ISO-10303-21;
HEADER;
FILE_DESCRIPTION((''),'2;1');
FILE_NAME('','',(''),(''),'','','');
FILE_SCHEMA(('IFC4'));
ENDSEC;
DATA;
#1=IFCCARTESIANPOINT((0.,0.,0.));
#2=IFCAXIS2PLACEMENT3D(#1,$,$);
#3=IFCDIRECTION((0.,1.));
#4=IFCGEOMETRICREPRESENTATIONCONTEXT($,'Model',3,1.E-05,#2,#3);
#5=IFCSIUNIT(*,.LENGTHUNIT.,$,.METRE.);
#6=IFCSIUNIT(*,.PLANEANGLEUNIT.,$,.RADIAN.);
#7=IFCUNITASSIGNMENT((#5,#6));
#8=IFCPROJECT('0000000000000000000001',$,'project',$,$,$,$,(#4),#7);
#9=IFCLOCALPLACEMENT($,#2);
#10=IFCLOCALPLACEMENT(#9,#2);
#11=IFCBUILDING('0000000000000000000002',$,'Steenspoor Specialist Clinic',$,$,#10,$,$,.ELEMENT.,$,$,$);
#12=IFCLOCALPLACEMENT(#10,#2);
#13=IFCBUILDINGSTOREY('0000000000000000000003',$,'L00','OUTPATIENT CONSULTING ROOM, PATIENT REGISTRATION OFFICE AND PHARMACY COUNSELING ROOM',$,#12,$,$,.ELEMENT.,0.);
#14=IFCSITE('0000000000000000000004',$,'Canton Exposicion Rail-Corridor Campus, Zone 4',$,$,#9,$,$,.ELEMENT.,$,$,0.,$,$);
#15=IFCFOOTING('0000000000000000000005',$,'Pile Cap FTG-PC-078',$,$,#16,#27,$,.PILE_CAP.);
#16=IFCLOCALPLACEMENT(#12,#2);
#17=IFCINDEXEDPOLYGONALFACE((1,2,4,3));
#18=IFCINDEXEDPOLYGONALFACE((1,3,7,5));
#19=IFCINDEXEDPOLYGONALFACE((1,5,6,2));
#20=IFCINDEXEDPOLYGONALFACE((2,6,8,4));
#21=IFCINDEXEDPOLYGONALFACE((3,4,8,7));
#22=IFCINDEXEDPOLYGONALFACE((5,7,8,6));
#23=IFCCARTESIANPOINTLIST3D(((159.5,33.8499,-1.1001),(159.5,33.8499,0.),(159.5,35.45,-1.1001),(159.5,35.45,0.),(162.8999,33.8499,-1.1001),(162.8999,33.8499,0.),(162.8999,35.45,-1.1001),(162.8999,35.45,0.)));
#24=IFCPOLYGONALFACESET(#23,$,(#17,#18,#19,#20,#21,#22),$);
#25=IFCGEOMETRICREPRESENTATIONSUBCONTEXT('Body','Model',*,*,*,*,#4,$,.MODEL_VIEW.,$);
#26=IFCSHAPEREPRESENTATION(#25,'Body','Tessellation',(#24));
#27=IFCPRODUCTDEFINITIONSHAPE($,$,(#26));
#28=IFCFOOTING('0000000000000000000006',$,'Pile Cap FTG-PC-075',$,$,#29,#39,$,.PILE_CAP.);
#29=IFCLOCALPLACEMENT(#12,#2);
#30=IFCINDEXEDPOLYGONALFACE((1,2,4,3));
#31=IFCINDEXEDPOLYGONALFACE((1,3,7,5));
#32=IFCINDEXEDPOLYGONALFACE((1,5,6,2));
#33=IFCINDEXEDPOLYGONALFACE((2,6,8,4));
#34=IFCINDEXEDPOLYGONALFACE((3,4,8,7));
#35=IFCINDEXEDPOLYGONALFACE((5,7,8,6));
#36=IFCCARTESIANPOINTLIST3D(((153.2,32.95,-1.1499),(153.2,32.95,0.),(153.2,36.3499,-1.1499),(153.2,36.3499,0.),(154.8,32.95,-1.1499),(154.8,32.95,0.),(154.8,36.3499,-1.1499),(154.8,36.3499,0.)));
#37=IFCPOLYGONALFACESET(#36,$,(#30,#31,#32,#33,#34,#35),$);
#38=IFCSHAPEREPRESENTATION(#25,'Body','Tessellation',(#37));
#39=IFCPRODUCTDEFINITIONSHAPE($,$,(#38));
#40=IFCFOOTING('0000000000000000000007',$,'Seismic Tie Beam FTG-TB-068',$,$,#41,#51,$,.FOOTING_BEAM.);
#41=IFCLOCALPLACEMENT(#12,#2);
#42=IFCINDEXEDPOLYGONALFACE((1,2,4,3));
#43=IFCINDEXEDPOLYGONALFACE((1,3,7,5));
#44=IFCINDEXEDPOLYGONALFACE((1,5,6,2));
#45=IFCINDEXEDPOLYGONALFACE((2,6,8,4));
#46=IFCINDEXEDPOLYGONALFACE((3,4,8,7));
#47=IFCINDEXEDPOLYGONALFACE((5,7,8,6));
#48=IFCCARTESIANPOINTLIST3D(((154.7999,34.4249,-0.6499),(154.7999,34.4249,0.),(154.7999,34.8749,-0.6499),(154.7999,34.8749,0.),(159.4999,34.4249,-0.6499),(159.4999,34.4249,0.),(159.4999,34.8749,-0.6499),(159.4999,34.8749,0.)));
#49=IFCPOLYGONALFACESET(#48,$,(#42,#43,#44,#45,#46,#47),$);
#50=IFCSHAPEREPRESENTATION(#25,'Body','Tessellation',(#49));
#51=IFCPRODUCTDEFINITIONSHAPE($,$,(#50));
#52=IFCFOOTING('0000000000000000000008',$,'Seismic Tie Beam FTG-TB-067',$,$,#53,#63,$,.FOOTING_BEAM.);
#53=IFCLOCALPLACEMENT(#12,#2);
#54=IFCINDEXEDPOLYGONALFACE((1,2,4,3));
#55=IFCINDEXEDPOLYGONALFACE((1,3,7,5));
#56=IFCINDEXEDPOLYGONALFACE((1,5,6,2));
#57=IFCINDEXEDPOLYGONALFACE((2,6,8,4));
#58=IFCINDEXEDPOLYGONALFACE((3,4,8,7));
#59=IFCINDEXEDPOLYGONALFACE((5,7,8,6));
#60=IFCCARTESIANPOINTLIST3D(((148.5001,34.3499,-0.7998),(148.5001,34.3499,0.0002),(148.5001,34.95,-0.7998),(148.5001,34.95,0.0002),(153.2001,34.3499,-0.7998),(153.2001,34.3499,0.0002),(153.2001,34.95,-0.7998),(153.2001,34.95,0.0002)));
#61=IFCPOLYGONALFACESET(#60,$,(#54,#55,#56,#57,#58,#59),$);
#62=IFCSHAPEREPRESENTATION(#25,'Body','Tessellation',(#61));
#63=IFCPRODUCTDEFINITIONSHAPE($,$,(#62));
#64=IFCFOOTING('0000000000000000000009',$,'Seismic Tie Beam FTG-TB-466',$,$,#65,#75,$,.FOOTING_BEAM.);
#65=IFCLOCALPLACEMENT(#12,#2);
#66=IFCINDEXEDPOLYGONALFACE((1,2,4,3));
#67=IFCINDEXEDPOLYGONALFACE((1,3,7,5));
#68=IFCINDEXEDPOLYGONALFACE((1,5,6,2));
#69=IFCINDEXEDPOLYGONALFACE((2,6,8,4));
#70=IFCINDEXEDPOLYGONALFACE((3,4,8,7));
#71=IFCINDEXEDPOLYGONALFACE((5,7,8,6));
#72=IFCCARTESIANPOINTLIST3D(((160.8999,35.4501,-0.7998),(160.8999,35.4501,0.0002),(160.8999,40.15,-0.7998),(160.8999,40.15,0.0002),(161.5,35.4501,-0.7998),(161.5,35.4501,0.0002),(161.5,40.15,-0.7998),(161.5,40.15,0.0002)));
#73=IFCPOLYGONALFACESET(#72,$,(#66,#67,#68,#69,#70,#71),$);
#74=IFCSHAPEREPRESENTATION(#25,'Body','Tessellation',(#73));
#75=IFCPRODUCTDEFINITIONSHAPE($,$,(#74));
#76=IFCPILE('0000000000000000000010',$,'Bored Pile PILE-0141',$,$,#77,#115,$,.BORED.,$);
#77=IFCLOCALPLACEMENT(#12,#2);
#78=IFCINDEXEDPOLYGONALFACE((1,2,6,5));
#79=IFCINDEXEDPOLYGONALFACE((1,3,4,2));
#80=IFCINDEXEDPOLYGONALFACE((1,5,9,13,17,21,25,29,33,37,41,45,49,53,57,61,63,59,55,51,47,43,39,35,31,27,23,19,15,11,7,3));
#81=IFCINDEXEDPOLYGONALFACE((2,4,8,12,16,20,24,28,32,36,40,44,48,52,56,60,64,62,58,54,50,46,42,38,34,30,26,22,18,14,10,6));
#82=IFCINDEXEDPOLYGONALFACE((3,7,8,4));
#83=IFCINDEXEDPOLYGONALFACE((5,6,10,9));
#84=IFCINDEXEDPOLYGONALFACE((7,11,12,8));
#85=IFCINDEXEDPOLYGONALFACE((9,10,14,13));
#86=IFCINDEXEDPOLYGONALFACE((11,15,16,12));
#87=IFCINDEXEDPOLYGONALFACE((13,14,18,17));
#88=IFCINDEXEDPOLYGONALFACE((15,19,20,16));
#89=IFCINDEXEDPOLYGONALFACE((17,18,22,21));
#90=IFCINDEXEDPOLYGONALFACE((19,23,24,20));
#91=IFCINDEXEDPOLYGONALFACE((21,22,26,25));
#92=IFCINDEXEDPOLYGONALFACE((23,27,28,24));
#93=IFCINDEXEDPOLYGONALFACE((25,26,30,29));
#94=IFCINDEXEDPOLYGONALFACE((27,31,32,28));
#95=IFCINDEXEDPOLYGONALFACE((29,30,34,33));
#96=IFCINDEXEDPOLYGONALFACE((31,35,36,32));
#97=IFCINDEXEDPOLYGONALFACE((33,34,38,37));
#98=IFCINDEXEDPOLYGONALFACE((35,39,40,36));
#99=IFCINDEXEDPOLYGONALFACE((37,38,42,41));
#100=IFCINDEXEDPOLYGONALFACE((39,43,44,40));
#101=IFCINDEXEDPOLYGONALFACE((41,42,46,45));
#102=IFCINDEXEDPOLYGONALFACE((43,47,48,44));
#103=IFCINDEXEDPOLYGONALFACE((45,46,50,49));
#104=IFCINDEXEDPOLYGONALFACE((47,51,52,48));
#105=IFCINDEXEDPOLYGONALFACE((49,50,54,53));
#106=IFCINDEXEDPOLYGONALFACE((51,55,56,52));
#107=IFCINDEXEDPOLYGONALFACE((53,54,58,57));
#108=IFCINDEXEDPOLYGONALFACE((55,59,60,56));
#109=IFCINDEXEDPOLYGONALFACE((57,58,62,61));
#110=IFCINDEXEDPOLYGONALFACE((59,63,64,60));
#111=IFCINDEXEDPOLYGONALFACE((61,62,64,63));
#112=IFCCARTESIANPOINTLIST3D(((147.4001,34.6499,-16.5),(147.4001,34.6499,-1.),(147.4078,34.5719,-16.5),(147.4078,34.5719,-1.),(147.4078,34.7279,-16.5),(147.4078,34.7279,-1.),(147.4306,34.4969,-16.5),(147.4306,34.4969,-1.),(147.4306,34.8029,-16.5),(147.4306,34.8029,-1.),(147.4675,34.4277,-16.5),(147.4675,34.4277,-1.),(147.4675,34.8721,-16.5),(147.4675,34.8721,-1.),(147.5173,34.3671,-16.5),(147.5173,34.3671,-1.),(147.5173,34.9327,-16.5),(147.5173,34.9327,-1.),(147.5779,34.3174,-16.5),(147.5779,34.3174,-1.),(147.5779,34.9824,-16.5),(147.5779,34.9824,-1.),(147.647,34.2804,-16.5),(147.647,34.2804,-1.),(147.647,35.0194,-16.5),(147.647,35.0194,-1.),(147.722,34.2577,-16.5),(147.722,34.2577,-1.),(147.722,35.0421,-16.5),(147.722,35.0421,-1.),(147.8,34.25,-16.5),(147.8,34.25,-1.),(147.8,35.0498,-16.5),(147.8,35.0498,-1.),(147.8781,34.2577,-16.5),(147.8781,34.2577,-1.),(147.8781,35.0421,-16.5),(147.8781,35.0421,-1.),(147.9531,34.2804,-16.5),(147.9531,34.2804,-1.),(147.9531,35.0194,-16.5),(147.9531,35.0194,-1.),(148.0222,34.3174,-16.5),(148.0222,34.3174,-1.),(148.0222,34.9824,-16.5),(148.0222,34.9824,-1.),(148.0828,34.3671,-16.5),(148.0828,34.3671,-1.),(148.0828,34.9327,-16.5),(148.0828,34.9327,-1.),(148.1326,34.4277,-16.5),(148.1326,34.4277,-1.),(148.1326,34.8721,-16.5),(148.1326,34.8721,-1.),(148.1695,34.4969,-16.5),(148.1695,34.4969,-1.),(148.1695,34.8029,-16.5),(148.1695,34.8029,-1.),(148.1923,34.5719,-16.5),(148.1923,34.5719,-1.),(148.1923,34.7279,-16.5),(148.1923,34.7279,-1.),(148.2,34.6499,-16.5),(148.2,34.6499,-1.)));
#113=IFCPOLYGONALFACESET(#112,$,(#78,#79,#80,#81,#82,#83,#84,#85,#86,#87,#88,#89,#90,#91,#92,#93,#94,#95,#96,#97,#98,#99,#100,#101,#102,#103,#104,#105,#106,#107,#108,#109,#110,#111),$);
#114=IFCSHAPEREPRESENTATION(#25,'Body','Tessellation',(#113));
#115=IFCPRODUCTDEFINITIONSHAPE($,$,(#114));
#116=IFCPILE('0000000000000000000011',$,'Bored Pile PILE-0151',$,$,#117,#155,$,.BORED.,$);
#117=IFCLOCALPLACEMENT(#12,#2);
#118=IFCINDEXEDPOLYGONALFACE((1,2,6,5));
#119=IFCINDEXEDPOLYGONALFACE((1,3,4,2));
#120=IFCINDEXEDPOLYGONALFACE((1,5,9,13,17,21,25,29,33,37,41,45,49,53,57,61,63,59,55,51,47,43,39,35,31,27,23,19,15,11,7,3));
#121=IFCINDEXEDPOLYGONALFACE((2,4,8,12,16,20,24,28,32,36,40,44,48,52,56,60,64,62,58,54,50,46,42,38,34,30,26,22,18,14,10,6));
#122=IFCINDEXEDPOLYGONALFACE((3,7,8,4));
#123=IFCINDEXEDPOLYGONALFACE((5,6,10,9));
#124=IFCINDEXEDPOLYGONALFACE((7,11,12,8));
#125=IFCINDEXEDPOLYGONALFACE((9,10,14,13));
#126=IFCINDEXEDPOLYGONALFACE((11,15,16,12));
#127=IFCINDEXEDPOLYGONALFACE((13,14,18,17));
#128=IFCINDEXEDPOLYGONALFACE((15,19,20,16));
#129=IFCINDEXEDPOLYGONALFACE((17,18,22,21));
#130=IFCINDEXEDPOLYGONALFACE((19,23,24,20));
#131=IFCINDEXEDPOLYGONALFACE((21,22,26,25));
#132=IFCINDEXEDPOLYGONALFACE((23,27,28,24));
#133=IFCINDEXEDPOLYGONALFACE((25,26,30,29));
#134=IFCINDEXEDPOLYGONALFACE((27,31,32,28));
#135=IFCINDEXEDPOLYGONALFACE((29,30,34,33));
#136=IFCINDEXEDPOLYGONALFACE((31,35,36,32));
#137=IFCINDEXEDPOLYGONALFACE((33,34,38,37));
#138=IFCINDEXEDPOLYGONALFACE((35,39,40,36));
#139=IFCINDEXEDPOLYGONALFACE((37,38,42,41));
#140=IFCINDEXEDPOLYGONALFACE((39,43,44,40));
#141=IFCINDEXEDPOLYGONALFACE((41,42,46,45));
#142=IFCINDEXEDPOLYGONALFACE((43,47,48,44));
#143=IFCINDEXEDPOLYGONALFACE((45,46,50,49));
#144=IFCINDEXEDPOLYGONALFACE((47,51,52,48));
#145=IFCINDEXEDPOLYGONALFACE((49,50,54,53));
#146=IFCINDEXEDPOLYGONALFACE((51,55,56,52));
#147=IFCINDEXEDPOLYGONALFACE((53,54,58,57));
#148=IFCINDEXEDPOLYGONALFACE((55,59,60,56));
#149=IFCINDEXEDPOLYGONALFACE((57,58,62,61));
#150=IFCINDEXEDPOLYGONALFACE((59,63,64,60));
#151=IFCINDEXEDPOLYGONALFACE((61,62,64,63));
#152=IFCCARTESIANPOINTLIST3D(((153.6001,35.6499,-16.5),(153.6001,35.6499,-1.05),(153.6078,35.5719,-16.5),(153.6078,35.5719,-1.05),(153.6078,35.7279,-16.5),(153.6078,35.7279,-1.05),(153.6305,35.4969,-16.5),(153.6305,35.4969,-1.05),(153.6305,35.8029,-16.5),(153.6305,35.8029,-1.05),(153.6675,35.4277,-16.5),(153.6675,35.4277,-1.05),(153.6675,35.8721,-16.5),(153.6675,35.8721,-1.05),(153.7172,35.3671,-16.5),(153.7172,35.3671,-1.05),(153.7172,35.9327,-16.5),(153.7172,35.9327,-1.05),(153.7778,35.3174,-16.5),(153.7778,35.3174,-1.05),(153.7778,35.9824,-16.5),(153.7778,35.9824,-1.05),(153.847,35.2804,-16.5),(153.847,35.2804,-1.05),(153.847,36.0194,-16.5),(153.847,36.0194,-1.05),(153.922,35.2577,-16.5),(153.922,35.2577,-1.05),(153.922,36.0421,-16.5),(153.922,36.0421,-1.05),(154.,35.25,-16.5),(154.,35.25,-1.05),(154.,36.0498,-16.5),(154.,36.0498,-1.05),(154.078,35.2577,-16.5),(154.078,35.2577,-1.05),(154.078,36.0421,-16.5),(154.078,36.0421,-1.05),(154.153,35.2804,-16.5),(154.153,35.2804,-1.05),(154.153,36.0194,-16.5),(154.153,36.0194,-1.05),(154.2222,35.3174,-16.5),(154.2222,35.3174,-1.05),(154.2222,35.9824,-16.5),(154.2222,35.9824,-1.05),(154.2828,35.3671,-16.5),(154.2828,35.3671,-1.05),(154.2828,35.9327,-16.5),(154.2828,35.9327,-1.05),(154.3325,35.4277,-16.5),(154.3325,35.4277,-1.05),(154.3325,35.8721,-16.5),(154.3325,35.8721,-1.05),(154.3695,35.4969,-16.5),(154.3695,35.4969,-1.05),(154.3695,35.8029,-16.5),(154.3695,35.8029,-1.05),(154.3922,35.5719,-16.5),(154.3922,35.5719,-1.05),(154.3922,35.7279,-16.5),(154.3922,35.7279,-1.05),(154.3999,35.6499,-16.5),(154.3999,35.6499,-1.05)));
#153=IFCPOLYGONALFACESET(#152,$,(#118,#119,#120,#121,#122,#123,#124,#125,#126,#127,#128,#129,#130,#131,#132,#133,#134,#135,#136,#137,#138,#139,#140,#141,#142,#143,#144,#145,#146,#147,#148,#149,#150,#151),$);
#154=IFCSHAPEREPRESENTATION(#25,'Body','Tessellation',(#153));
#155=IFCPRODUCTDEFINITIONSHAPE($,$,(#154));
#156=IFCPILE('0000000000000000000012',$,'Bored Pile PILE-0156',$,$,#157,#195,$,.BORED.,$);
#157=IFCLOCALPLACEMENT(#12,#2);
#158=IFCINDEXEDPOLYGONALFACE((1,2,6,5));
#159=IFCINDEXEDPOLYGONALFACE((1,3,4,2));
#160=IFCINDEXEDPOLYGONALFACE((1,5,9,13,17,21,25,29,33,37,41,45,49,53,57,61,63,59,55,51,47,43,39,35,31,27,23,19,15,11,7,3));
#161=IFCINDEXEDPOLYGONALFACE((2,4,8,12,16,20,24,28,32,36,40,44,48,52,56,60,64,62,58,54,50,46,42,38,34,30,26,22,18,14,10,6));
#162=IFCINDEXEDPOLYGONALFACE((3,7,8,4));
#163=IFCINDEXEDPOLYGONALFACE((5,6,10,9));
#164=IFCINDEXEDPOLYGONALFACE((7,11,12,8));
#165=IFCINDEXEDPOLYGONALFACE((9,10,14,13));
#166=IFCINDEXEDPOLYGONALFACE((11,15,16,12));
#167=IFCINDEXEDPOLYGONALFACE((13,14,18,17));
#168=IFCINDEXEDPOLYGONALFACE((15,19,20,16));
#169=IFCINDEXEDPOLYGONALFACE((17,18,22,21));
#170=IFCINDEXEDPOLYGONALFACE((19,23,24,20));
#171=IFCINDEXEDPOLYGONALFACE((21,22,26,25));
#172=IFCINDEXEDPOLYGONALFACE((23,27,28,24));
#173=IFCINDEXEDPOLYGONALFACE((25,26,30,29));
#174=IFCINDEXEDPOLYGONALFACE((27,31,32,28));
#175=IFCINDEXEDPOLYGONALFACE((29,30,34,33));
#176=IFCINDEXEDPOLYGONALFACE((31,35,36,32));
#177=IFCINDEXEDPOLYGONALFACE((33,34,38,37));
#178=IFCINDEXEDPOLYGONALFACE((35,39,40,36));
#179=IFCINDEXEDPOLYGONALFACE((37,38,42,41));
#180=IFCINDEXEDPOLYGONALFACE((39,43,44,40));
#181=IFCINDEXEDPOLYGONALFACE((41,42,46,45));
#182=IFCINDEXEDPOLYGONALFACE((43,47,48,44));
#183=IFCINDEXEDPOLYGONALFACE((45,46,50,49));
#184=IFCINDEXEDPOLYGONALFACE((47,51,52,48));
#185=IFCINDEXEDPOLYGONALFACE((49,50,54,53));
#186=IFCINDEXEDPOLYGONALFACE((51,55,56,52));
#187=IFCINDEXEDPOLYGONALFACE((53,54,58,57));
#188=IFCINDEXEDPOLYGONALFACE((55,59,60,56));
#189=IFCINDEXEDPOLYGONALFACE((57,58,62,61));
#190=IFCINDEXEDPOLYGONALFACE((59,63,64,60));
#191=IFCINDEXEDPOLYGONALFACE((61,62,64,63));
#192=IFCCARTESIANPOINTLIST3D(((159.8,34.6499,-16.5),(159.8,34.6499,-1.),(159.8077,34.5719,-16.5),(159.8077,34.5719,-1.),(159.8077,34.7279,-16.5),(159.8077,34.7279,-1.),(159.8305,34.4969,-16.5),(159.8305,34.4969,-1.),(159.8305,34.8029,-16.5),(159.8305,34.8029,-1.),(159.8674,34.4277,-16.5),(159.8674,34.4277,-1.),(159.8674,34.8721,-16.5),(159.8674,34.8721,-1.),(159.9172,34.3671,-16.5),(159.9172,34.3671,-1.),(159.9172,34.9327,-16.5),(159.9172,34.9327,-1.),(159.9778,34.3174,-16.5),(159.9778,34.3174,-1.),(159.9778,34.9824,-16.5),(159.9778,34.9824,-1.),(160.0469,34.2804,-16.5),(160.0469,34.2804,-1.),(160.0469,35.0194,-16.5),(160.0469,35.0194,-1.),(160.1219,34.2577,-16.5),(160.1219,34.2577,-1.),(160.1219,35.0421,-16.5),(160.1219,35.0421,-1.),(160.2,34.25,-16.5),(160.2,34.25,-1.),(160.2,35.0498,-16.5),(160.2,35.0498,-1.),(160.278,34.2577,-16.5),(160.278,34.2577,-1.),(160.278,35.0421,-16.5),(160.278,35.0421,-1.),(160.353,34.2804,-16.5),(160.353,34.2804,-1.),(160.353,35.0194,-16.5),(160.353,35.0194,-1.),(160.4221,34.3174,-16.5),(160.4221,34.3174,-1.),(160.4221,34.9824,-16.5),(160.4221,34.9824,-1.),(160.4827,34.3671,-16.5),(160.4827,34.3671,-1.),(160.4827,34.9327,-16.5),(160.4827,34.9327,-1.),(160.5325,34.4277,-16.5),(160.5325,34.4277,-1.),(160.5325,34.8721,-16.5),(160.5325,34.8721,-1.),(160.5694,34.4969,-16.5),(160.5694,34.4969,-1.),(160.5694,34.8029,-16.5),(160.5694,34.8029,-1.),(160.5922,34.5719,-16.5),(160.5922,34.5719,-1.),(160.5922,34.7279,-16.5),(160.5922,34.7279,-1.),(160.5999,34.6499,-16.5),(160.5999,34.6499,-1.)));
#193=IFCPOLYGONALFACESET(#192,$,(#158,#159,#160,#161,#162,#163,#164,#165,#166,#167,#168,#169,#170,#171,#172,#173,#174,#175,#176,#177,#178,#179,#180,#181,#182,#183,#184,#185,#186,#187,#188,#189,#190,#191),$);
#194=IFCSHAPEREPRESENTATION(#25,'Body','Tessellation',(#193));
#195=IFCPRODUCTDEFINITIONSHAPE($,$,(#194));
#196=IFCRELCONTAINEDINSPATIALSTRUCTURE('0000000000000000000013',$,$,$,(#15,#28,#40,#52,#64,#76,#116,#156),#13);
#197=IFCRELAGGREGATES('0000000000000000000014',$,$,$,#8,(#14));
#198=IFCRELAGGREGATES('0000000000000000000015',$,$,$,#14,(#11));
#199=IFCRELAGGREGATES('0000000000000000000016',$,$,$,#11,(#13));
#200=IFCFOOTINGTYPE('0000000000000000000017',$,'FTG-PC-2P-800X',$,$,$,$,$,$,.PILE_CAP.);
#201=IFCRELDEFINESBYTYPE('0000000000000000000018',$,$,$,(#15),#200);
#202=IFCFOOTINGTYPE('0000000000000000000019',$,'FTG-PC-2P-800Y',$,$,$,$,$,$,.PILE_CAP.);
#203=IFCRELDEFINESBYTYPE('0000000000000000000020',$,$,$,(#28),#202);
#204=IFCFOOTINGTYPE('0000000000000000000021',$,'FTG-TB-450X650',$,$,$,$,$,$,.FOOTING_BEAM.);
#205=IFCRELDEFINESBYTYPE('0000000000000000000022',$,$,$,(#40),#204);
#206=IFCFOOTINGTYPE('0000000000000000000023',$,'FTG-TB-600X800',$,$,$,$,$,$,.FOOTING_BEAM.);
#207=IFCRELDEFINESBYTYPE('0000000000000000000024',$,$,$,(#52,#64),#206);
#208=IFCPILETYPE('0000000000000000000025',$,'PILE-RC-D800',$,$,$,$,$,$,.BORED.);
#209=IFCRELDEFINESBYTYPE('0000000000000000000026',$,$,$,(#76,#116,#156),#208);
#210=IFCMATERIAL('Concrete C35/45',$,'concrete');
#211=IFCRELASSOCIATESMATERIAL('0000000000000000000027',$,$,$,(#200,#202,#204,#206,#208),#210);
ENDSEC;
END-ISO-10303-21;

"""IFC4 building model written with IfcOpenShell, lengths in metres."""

from ifc_helpers import new_model, si_unit, direction, frame, origin, origin_2d, place, context, subcontext, project, spatial, rectangle, circle, extrude, material, material_profile, profile_set, type_object, element, save


model = new_model("IFC4")

# Units and contexts
model_context = context("Model", 3, precision=1e-05, world=origin(), true_north=direction((0.0, 1.0)))
body_context = subcontext(model_context, "Body", "Model", "MODEL_VIEW")
ifc_project = project(units=[si_unit("LENGTHUNIT", "METRE"), si_unit("PLANEANGLEUNIT", "RADIAN")], contexts=[model_context])

# Site, building, storey
site_placement = place(None, origin())
site = spatial("IfcSite", under=ifc_project, at=site_placement, Name="Canton Exposicion Rail-Corridor Campus, Zone 4", CompositionType="ELEMENT", RefElevation=0.0)
building_placement = place(site_placement, origin())
building = spatial("IfcBuilding", under=site, at=building_placement, Name="Steenspoor Specialist Clinic", CompositionType="ELEMENT")
storey_placement = place(building_placement, origin())
storey = spatial("IfcBuildingStorey", under=building, at=storey_placement, Name="L00", Description="OUTPATIENT CONSULTING ROOM, PATIENT REGISTRATION OFFICE AND PHARMACY COUNSELING ROOM", CompositionType="ELEMENT", Elevation=0.0)

# Footings
ifc_material_1 = material(Name="Concrete C35/45", Category="concrete")
footing_type_1 = type_object("IfcFootingType", Name="FTG-PC-2P-800X", PredefinedType="PILE_CAP", material=ifc_material_1)
footing_1_placement = place(storey_placement, frame((161.2, 34.6499, -1.1001), z_axis=(0.0, 0.0, 1.0), x_axis=(1.0, 0.0, 0.0)))
element("IfcFooting", 1, at=footing_1_placement, inside=storey, type_object=footing_type_1, Name="Pile Cap FTG-PC-078", PredefinedType="PILE_CAP", context=body_context, shape_type="SweptSolid", body=[
    extrude(rectangle(XDim=3.3999, YDim=1.6001, at=origin_2d()), origin(), (0.0, 0.0, 1.0), 1.1001),
])
footing_type_2 = type_object("IfcFootingType", Name="FTG-PC-2P-800Y", PredefinedType="PILE_CAP", material=ifc_material_1)
footing_2_placement = place(storey_placement, frame((154.0, 34.6499, -1.1499), z_axis=(0.0, 0.0, 1.0), x_axis=(1.0, 0.0, 0.0)))
element("IfcFooting", 2, at=footing_2_placement, inside=storey, type_object=footing_type_2, Name="Pile Cap FTG-PC-075", PredefinedType="PILE_CAP", context=body_context, shape_type="SweptSolid", body=[
    extrude(rectangle(XDim=1.6001, YDim=3.3999, at=origin_2d()), origin(), (0.0, 0.0, 1.0), 1.1499),
])
footing_type_3 = type_object("IfcFootingType", Name="FTG-TB-450X650", PredefinedType="FOOTING_BEAM", material=ifc_material_1)
footing_3_placement = place(storey_placement, frame((157.1499, 34.6499, -0.6499), z_axis=(0.0, 0.0, 1.0), x_axis=(1.0, 0.0, 0.0)))
element("IfcFooting", 3, at=footing_3_placement, inside=storey, type_object=footing_type_3, Name="Seismic Tie Beam FTG-TB-068", PredefinedType="FOOTING_BEAM", context=body_context, shape_type="SweptSolid", body=[
    extrude(rectangle(XDim=4.7, YDim=0.45, at=origin_2d()), origin(), (0.0, 0.0, 1.0), 0.6499),
])
footing_type_4 = type_object("IfcFootingType", Name="FTG-TB-600X800", PredefinedType="FOOTING_BEAM", material=ifc_material_1)
footing_4_placement = place(storey_placement, frame((150.8501, 34.6499, -0.7998), z_axis=(0.0, 0.0, 1.0), x_axis=(1.0, 0.0, 0.0)))
element("IfcFooting", 4, at=footing_4_placement, inside=storey, type_object=footing_type_4, Name="Seismic Tie Beam FTG-TB-067", PredefinedType="FOOTING_BEAM", context=body_context, shape_type="SweptSolid", body=[
    extrude(rectangle(XDim=4.7, YDim=0.6001, at=origin_2d()), origin(), (0.0, 0.0, 1.0), 0.8),
])
footing_5_placement = place(storey_placement, frame((161.2, 37.8, -0.7998), z_axis=(0.0, 0.0, 1.0), x_axis=(1.0, 0.0, 0.0)))
element("IfcFooting", 5, at=footing_5_placement, inside=storey, type_object=footing_type_4, Name="Seismic Tie Beam FTG-TB-466", PredefinedType="FOOTING_BEAM", context=body_context, shape_type="SweptSolid", body=[
    extrude(rectangle(XDim=0.6001, YDim=4.7, at=origin_2d()), origin(), (0.0, 0.0, 1.0), 0.8),
])

# Piles
ifc_material_profile_1 = material_profile(ifc_material_1, circle(Radius=0.3999, at=origin_2d()), Name="PILE-D800")
ifc_profile_set_1 = profile_set([ifc_material_profile_1], Name="Concrete C35/45")
pile_type = type_object("IfcPileType", Name="PILE-RC-D800", PredefinedType="BORED", material=ifc_profile_set_1)
pile_1_placement = place(storey_placement, frame((147.8, 34.6499, -1.0), z_axis=(0.0, 0.0, -1.0), x_axis=(1.0, 0.0, 0.0)))
element("IfcPile", 6, at=pile_1_placement, inside=storey, type_object=pile_type, Name="Bored Pile PILE-0141", PredefinedType="BORED", context=body_context, shape_type="SweptSolid", body=[
    extrude(circle(Radius=0.3999, at=origin_2d()), origin(), (0.0, 0.0, 1.0), 15.5),
])
pile_2_placement = place(storey_placement, frame((154.0, 35.6499, -1.05), z_axis=(0.0, 0.0, -1.0), x_axis=(1.0, 0.0, 0.0)))
element("IfcPile", 7, at=pile_2_placement, inside=storey, type_object=pile_type, Name="Bored Pile PILE-0151", PredefinedType="BORED", context=body_context, shape_type="SweptSolid", body=[
    extrude(circle(Radius=0.3999, at=origin_2d()), origin(), (0.0, 0.0, 1.0), 15.45),
])
for number, where, z_axis, x_axis, name in (
    (8, (160.2, 34.6499, -1.0), (0.0, 0.0, -1.0), (1.0, 0.0, 0.0), "Bored Pile PILE-0156"),
):
    element("IfcPile", number, at=place(storey_placement, frame(where, z_axis=z_axis, x_axis=x_axis)), inside=storey, type_object=pile_type, Name=name, PredefinedType="BORED", context=body_context, shape_type="SweptSolid", body=[
        extrude(circle(Radius=0.3999, at=origin_2d()), origin(), (0.0, 0.0, 1.0), 15.5),
    ])

save(model, "model.ifc")
